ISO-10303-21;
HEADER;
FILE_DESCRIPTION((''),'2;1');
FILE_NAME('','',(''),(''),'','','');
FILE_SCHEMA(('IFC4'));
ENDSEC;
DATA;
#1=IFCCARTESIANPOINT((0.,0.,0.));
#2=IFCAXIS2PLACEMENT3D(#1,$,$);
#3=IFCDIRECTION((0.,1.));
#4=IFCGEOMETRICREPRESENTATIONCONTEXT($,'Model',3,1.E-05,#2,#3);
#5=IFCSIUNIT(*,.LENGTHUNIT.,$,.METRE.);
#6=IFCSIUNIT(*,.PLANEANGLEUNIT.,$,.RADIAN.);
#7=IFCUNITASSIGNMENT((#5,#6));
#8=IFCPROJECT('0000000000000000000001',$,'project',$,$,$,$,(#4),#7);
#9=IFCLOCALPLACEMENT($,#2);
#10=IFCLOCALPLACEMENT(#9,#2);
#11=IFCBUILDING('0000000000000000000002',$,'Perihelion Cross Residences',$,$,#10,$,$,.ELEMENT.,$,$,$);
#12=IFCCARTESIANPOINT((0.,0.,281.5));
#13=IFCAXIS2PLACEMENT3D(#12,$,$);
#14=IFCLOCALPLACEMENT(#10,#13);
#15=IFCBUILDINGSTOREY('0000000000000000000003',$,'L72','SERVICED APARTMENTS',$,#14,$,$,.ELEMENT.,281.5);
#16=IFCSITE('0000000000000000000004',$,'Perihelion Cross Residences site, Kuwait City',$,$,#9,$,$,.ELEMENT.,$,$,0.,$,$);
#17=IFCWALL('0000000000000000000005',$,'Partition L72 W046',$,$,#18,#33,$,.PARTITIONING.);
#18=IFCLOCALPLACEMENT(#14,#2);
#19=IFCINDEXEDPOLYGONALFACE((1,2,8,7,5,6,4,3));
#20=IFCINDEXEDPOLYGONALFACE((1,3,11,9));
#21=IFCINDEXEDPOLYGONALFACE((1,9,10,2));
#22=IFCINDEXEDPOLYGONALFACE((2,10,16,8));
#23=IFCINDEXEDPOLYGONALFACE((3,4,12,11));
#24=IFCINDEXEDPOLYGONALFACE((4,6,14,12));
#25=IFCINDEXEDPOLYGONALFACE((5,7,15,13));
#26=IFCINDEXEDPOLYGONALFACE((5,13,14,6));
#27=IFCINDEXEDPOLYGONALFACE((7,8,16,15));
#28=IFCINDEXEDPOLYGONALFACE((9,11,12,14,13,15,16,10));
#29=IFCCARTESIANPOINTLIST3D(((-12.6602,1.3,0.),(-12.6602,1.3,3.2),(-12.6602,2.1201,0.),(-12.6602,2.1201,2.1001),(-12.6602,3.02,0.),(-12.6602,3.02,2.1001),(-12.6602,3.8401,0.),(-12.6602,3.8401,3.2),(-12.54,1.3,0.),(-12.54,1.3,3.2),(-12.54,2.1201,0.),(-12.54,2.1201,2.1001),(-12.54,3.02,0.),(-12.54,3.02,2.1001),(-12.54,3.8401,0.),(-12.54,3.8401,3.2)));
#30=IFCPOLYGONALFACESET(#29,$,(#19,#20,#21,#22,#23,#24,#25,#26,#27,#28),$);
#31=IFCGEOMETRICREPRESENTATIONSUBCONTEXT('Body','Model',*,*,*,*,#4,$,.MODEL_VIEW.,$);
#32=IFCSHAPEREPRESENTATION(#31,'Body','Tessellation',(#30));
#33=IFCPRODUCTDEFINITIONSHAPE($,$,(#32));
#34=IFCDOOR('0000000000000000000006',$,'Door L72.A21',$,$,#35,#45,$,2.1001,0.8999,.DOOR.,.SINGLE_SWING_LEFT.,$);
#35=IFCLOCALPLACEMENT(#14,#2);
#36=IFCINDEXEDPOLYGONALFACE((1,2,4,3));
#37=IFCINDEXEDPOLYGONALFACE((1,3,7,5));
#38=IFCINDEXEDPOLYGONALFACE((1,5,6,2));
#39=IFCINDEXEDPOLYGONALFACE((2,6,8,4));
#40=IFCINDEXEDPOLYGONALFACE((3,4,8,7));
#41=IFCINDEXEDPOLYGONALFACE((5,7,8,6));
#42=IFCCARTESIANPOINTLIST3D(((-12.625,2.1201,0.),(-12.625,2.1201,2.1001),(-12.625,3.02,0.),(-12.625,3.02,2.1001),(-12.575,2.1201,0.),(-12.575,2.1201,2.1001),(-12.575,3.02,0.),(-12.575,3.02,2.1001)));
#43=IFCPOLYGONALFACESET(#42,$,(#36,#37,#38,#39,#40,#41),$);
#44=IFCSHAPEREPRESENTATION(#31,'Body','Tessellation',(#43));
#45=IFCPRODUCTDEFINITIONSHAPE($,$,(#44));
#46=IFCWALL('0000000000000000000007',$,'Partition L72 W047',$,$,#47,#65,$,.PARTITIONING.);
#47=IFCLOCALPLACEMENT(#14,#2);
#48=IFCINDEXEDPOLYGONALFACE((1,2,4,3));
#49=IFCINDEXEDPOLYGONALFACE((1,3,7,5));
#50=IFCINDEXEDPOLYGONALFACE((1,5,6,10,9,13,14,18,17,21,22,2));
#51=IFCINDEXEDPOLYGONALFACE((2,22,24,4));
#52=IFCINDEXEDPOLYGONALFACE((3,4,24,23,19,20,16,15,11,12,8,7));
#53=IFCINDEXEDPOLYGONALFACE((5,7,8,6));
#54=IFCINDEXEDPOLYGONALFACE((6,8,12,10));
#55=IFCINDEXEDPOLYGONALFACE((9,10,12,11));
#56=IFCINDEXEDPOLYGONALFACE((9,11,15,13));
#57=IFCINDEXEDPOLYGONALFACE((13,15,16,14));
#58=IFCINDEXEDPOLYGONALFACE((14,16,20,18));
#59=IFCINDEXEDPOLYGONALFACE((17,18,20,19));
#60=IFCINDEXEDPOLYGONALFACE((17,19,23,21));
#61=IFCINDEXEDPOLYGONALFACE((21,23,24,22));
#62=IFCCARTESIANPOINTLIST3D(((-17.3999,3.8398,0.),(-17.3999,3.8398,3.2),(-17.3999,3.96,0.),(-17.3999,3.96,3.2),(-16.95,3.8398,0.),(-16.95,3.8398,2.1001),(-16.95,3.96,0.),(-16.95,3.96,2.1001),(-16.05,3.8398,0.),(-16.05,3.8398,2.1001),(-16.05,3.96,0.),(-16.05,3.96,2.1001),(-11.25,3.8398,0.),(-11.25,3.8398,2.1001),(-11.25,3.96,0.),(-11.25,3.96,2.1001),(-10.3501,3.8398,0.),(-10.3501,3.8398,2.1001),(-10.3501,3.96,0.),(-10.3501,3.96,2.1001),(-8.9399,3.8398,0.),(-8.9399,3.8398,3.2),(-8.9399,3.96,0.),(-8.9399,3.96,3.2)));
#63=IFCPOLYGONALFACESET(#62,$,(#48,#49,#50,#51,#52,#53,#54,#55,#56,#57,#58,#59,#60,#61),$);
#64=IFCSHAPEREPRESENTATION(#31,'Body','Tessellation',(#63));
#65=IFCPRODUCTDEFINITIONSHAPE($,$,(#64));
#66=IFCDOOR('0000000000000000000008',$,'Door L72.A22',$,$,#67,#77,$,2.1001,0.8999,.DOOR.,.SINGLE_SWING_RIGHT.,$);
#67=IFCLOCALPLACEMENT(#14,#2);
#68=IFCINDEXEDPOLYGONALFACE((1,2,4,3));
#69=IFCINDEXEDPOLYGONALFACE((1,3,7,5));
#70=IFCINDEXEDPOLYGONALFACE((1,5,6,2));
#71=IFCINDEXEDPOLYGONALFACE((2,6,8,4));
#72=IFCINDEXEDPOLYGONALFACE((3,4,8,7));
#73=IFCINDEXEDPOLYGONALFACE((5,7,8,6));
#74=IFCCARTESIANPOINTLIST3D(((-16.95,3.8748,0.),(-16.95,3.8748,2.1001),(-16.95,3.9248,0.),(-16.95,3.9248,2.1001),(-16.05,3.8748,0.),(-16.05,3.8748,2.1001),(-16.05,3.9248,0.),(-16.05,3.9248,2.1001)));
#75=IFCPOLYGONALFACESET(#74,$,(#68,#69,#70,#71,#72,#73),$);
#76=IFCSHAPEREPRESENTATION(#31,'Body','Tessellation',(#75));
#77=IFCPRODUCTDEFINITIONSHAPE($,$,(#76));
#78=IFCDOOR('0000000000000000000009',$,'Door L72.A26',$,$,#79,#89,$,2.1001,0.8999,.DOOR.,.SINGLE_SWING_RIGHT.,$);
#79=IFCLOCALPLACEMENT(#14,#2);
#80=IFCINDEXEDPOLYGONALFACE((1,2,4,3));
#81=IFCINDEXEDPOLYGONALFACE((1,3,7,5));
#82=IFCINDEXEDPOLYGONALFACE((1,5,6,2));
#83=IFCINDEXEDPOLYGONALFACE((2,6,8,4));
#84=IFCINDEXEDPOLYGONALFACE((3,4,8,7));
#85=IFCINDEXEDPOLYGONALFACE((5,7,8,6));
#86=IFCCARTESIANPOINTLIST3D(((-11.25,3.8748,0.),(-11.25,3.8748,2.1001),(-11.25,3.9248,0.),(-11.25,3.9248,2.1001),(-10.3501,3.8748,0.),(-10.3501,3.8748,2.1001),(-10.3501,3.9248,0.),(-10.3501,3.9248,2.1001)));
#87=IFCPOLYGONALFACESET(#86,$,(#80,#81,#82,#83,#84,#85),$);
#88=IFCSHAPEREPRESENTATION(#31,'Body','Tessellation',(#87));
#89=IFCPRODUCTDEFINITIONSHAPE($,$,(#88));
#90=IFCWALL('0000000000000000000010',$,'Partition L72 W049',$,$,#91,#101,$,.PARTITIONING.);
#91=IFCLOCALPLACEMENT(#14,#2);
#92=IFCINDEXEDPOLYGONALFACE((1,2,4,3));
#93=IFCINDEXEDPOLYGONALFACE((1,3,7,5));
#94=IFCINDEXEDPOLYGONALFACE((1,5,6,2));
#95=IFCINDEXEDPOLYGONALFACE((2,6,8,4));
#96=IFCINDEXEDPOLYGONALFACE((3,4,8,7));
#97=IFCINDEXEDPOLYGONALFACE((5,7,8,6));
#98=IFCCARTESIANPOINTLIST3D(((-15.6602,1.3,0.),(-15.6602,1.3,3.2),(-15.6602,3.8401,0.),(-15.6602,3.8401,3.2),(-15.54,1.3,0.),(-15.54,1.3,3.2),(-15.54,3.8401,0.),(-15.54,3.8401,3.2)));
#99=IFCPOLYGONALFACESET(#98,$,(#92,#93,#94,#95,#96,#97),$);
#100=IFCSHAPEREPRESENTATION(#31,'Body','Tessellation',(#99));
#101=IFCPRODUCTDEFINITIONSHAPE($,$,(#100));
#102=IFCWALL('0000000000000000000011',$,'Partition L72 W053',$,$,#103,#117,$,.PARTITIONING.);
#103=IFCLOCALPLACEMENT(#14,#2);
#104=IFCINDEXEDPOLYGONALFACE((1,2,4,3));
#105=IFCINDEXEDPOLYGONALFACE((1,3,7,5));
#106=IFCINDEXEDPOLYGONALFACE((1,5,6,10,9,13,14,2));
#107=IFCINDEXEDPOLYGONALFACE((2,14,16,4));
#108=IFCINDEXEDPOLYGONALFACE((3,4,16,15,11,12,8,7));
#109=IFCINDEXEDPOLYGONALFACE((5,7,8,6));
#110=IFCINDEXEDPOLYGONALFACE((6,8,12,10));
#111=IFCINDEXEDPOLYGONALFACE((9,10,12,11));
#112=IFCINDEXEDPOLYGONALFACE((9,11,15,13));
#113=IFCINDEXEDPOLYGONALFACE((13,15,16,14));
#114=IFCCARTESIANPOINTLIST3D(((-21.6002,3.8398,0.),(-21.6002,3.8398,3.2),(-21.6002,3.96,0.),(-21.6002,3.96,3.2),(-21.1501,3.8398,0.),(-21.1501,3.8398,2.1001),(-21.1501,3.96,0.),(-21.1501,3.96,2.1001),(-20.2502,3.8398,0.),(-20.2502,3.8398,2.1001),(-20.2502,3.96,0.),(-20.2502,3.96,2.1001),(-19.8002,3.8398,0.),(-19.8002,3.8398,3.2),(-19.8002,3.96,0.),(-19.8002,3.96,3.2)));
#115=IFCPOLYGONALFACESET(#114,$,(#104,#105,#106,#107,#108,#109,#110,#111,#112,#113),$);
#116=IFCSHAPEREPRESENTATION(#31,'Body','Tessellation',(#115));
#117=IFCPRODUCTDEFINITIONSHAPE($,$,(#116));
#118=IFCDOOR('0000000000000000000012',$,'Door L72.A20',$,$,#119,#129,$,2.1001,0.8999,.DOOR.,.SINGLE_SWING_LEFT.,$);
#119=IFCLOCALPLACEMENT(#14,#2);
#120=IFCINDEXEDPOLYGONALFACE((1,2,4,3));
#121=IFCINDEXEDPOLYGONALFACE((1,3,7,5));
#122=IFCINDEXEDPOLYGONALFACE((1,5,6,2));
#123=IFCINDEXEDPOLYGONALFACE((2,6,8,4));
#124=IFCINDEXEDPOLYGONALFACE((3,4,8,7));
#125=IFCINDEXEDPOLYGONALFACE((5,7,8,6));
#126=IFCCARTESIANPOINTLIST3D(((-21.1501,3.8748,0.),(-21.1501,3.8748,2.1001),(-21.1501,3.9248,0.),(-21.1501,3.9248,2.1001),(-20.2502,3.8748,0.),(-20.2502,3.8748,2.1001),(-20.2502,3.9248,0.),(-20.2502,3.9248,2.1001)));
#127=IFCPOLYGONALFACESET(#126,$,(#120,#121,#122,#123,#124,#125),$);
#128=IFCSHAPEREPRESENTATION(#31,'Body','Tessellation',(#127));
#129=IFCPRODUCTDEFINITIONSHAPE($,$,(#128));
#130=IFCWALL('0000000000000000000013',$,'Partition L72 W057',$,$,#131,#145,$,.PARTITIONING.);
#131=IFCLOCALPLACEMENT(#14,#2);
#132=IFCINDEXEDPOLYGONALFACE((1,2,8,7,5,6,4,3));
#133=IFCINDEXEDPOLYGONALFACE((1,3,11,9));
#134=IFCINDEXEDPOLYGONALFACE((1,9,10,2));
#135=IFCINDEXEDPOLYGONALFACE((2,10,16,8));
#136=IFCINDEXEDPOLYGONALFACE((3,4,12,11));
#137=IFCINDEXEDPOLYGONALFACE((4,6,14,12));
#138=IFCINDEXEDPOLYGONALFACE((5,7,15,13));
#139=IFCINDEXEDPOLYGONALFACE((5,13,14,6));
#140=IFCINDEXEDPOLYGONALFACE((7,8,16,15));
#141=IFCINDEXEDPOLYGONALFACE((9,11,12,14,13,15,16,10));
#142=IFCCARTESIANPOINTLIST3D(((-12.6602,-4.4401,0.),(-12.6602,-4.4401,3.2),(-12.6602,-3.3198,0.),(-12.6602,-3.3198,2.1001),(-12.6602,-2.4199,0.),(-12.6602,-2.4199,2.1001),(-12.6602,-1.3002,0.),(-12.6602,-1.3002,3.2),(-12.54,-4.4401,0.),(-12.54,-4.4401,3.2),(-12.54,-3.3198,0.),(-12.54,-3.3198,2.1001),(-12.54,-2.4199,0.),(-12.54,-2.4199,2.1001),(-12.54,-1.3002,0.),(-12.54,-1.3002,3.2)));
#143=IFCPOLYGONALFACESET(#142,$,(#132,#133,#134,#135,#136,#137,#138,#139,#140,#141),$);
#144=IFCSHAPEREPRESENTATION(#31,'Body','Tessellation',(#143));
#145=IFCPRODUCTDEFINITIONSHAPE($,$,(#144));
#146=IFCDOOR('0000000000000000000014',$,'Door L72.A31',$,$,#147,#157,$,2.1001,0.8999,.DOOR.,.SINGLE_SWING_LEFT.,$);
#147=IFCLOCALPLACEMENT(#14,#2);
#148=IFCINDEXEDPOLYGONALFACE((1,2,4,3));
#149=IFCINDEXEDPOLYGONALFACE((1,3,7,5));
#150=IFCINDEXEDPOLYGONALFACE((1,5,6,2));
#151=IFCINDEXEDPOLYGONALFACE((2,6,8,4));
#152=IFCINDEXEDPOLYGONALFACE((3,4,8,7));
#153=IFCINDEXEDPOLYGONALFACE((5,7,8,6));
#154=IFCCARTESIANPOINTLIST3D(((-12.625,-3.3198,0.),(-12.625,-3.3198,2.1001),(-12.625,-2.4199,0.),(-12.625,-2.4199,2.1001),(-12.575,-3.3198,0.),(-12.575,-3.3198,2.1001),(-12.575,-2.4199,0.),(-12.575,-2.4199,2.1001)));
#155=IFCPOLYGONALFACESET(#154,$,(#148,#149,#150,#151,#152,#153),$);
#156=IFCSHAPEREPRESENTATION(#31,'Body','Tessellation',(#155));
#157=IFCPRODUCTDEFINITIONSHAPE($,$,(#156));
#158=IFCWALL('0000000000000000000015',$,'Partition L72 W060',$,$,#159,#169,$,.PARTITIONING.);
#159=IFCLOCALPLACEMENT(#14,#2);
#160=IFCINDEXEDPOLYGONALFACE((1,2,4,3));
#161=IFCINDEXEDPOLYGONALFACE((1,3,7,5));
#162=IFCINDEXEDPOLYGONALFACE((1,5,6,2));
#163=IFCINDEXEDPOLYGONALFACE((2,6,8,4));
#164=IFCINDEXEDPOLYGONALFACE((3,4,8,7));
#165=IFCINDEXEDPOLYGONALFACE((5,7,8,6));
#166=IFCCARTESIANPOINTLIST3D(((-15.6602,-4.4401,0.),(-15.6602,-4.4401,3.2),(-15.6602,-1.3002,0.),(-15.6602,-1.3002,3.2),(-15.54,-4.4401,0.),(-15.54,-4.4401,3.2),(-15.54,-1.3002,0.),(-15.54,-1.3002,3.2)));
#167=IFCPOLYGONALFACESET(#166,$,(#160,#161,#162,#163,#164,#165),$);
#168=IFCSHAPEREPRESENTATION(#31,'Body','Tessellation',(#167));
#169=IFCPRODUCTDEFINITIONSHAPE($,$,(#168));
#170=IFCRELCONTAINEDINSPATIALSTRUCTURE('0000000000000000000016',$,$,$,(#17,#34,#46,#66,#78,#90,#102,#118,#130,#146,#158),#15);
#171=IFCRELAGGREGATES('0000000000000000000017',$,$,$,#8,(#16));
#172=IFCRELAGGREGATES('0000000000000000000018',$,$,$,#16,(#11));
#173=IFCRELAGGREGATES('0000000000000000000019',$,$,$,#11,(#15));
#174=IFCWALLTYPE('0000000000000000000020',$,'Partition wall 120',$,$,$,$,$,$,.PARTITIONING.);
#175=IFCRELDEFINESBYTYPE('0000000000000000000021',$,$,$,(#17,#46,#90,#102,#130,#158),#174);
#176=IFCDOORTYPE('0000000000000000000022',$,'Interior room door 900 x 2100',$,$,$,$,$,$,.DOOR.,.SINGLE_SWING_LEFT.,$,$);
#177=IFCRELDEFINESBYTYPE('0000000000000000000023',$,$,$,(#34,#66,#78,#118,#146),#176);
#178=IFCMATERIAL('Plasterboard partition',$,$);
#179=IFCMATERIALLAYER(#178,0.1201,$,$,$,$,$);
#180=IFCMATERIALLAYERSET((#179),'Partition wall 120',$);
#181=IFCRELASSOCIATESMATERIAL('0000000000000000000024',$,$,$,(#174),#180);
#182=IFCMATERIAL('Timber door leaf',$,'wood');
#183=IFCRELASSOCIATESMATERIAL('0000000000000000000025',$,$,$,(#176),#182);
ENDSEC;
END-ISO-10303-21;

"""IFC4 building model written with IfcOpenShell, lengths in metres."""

from ifc_helpers import new_model, si_unit, direction, frame, frame_2d, origin, place, context, subcontext, project, spatial, rectangle, extrude, material, layer, layer_set, type_object, element, fill, save


model = new_model("IFC4")

# Units and contexts
model_context = context("Model", 3, precision=1e-05, world=origin(), true_north=direction((0.0, 1.0)))
body_context = subcontext(model_context, "Body", "Model", "MODEL_VIEW")
ifc_project = project(units=[si_unit("LENGTHUNIT", "METRE"), si_unit("PLANEANGLEUNIT", "RADIAN")], contexts=[model_context])

# Site, building, storey
site_placement = place(None, origin())
site = spatial("IfcSite", under=ifc_project, at=site_placement, Name="Perihelion Cross Residences site, Kuwait City", CompositionType="ELEMENT", RefElevation=0.0)
building_placement = place(site_placement, origin())
building = spatial("IfcBuilding", under=site, at=building_placement, Name="Perihelion Cross Residences", CompositionType="ELEMENT")
storey_placement = place(building_placement, frame((0.0, 0.0, 281.5)))
storey = spatial("IfcBuildingStorey", under=building, at=storey_placement, Name="L72", Description="SERVICED APARTMENTS", CompositionType="ELEMENT", Elevation=281.5)

# Wall, opening, door
ifc_material_1 = material(Name="Plasterboard partition")
ifc_layer_1 = layer(ifc_material_1, 0.1201)
ifc_layer_set_1 = layer_set([ifc_layer_1], Name="Partition wall 120")
wall_type_1 = type_object("IfcWallType", Name="Partition wall 120", PredefinedType="PARTITIONING", material=ifc_layer_set_1)
wall_1_placement = place(storey_placement, frame((-12.6001, 1.3, 0.0), z_axis=(0.0, 0.0, 1.0), x_axis=(0.0, 1.0, 0.0)))
wall_1 = element("IfcWall", 1, at=wall_1_placement, inside=storey, type_object=wall_type_1, Name="Partition L72 W046", PredefinedType="PARTITIONING", context=body_context, shape_type="SweptSolid", body=[
    extrude(rectangle(XDim=2.54, YDim=0.1201, at=frame_2d((1.27, 0.0))), origin(), (0.0, 0.0, 1.0), 3.2),
])
opening_1_placement = place(wall_1_placement, frame((0.8201, 0.0, 0.0)))
opening_1 = element("IfcOpeningElement", 2, at=opening_1_placement, cuts=wall_1, PredefinedType="OPENING", context=body_context, shape_type="SweptSolid", body=[
    extrude(rectangle(XDim=0.8999, YDim=2.1001, at=frame_2d((0.45, 1.05))), frame((0.0, 0.0701, 0.0), z_axis=(0.0, -1.0, 0.0), x_axis=(1.0, 0.0, 0.0)), (0.0, 0.0, 1.0), 0.1401),
])
ifc_material_2 = material(Name="Timber door leaf", Category="wood")
door_type_1 = type_object("IfcDoorType", Name="Interior room door 900 x 2100", OperationType="SINGLE_SWING_LEFT", PredefinedType="DOOR", material=ifc_material_2)
door_1_placement = place(opening_1_placement, origin())
door_1 = element("IfcDoor", 3, at=door_1_placement, inside=storey, type_object=door_type_1, Name="Door L72.A21", OperationType="SINGLE_SWING_LEFT", OverallHeight=2.1001, OverallWidth=0.8999, PredefinedType="DOOR", context=body_context, shape_type="SweptSolid", body=[
    extrude(rectangle(XDim=0.8999, YDim=2.1001, at=frame_2d((0.45, 1.05))), frame((0.0, 0.0249, 0.0), z_axis=(0.0, -1.0, 0.0), x_axis=(1.0, 0.0, 0.0)), (0.0, 0.0, 1.0), 0.05),
])
fill(opening_1, door_1)

# Wall, openings, doors
wall_2_placement = place(storey_placement, frame((-17.3999, 3.8999, 0.0), z_axis=(0.0, 0.0, 1.0), x_axis=(1.0, 0.0, 0.0)))
wall_2 = element("IfcWall", 4, at=wall_2_placement, inside=storey, type_object=wall_type_1, Name="Partition L72 W047", PredefinedType="PARTITIONING", context=body_context, shape_type="SweptSolid", body=[
    extrude(rectangle(XDim=8.46, YDim=0.1201, at=frame_2d((4.23, 0.0))), origin(), (0.0, 0.0, 1.0), 3.2),
])
opening_2_placement = place(wall_2_placement, frame((0.45, 0.0, 0.0)))
opening_2 = element("IfcOpeningElement", 5, at=opening_2_placement, cuts=wall_2, PredefinedType="OPENING", context=body_context, shape_type="SweptSolid", body=[
    extrude(rectangle(XDim=0.8999, YDim=2.1001, at=frame_2d((0.45, 1.05))), frame((0.0, 0.0701, 0.0), z_axis=(0.0, -1.0, 0.0), x_axis=(1.0, 0.0, 0.0)), (0.0, 0.0, 1.0), 0.1401),
])
opening_3_placement = place(wall_2_placement, frame((6.1499, 0.0, 0.0)))
opening_3 = element("IfcOpeningElement", 6, at=opening_3_placement, cuts=wall_2, PredefinedType="OPENING", context=body_context, shape_type="SweptSolid", body=[
    extrude(rectangle(XDim=0.8999, YDim=2.1001, at=frame_2d((0.45, 1.05))), frame((0.0, 0.0701, 0.0), z_axis=(0.0, -1.0, 0.0), x_axis=(1.0, 0.0, 0.0)), (0.0, 0.0, 1.0), 0.1401),
])
door_2_placement = place(opening_2_placement, origin())
door_2 = element("IfcDoor", 7, at=door_2_placement, inside=storey, type_object=door_type_1, Name="Door L72.A22", OperationType="SINGLE_SWING_RIGHT", OverallHeight=2.1001, OverallWidth=0.8999, PredefinedType="DOOR", context=body_context, shape_type="SweptSolid", body=[
    extrude(rectangle(XDim=0.8999, YDim=2.1001, at=frame_2d((0.45, 1.05))), frame((0.0, 0.0249, 0.0), z_axis=(0.0, -1.0, 0.0), x_axis=(1.0, 0.0, 0.0)), (0.0, 0.0, 1.0), 0.05),
])
fill(opening_2, door_2)
door_3_placement = place(opening_3_placement, origin())
door_3 = element("IfcDoor", 8, at=door_3_placement, inside=storey, type_object=door_type_1, Name="Door L72.A26", OperationType="SINGLE_SWING_RIGHT", OverallHeight=2.1001, OverallWidth=0.8999, PredefinedType="DOOR", context=body_context, shape_type="SweptSolid", body=[
    extrude(rectangle(XDim=0.8999, YDim=2.1001, at=frame_2d((0.45, 1.05))), frame((0.0, 0.0249, 0.0), z_axis=(0.0, -1.0, 0.0), x_axis=(1.0, 0.0, 0.0)), (0.0, 0.0, 1.0), 0.05),
])
fill(opening_3, door_3)

# Wall
wall_3_placement = place(storey_placement, frame((-15.6001, 1.3, 0.0), z_axis=(0.0, 0.0, 1.0), x_axis=(0.0, 1.0, 0.0)))
element("IfcWall", 9, at=wall_3_placement, inside=storey, type_object=wall_type_1, Name="Partition L72 W049", PredefinedType="PARTITIONING", context=body_context, shape_type="SweptSolid", body=[
    extrude(rectangle(XDim=2.54, YDim=0.1201, at=frame_2d((1.27, 0.0))), origin(), (0.0, 0.0, 1.0), 3.2),
])

# Walls, openings, doors
wall_4_placement = place(storey_placement, frame((-21.6001, 3.8999, 0.0), z_axis=(0.0, 0.0, 1.0), x_axis=(1.0, 0.0, 0.0)))
wall_4 = element("IfcWall", 10, at=wall_4_placement, inside=storey, type_object=wall_type_1, Name="Partition L72 W053", PredefinedType="PARTITIONING", context=body_context, shape_type="SweptSolid", body=[
    extrude(rectangle(XDim=1.8, YDim=0.1201, at=frame_2d((0.8999, 0.0))), origin(), (0.0, 0.0, 1.0), 3.2),
])
opening_4_placement = place(wall_4_placement, frame((0.45, 0.0, 0.0)))
opening_4 = element("IfcOpeningElement", 11, at=opening_4_placement, cuts=wall_4, PredefinedType="OPENING", context=body_context, shape_type="SweptSolid", body=[
    extrude(rectangle(XDim=0.8999, YDim=2.1001, at=frame_2d((0.45, 1.05))), frame((0.0, 0.0701, 0.0), z_axis=(0.0, -1.0, 0.0), x_axis=(1.0, 0.0, 0.0)), (0.0, 0.0, 1.0), 0.1401),
])
door_4_placement = place(opening_4_placement, origin())
door_4 = element("IfcDoor", 12, at=door_4_placement, inside=storey, type_object=door_type_1, Name="Door L72.A20", OperationType="SINGLE_SWING_LEFT", OverallHeight=2.1001, OverallWidth=0.8999, PredefinedType="DOOR", context=body_context, shape_type="SweptSolid", body=[
    extrude(rectangle(XDim=0.8999, YDim=2.1001, at=frame_2d((0.45, 1.05))), frame((0.0, 0.0249, 0.0), z_axis=(0.0, -1.0, 0.0), x_axis=(1.0, 0.0, 0.0)), (0.0, 0.0, 1.0), 0.05),
])
fill(opening_4, door_4)
wall_5_placement = place(storey_placement, frame((-12.6001, -4.4399, 0.0), z_axis=(0.0, 0.0, 1.0), x_axis=(0.0, 1.0, 0.0)))
wall_5 = element("IfcWall", 13, at=wall_5_placement, inside=storey, type_object=wall_type_1, Name="Partition L72 W057", PredefinedType="PARTITIONING", context=body_context, shape_type="SweptSolid", body=[
    extrude(rectangle(XDim=3.1399, YDim=0.1201, at=frame_2d((1.5698, 0.0))), origin(), (0.0, 0.0, 1.0), 3.2),
])
opening_5_placement = place(wall_5_placement, frame((1.1201, 0.0, 0.0)))
opening_5 = element("IfcOpeningElement", 14, at=opening_5_placement, cuts=wall_5, PredefinedType="OPENING", context=body_context, shape_type="SweptSolid", body=[
    extrude(rectangle(XDim=0.8999, YDim=2.1001, at=frame_2d((0.45, 1.05))), frame((0.0, 0.0701, 0.0), z_axis=(0.0, -1.0, 0.0), x_axis=(1.0, 0.0, 0.0)), (0.0, 0.0, 1.0), 0.1401),
])
door_5_placement = place(opening_5_placement, origin())
door_5 = element("IfcDoor", 15, at=door_5_placement, inside=storey, type_object=door_type_1, Name="Door L72.A31", OperationType="SINGLE_SWING_LEFT", OverallHeight=2.1001, OverallWidth=0.8999, PredefinedType="DOOR", context=body_context, shape_type="SweptSolid", body=[
    extrude(rectangle(XDim=0.8999, YDim=2.1001, at=frame_2d((0.45, 1.05))), frame((0.0, 0.0249, 0.0), z_axis=(0.0, -1.0, 0.0), x_axis=(1.0, 0.0, 0.0)), (0.0, 0.0, 1.0), 0.05),
])
fill(opening_5, door_5)

# Wall
wall_6_placement = place(storey_placement, frame((-15.6001, -4.4399, 0.0), z_axis=(0.0, 0.0, 1.0), x_axis=(0.0, 1.0, 0.0)))
element("IfcWall", 16, at=wall_6_placement, inside=storey, type_object=wall_type_1, Name="Partition L72 W060", PredefinedType="PARTITIONING", context=body_context, shape_type="SweptSolid", body=[
    extrude(rectangle(XDim=3.1399, YDim=0.1201, at=frame_2d((1.5698, 0.0))), origin(), (0.0, 0.0, 1.0), 3.2),
])

save(model, "model.ifc")
